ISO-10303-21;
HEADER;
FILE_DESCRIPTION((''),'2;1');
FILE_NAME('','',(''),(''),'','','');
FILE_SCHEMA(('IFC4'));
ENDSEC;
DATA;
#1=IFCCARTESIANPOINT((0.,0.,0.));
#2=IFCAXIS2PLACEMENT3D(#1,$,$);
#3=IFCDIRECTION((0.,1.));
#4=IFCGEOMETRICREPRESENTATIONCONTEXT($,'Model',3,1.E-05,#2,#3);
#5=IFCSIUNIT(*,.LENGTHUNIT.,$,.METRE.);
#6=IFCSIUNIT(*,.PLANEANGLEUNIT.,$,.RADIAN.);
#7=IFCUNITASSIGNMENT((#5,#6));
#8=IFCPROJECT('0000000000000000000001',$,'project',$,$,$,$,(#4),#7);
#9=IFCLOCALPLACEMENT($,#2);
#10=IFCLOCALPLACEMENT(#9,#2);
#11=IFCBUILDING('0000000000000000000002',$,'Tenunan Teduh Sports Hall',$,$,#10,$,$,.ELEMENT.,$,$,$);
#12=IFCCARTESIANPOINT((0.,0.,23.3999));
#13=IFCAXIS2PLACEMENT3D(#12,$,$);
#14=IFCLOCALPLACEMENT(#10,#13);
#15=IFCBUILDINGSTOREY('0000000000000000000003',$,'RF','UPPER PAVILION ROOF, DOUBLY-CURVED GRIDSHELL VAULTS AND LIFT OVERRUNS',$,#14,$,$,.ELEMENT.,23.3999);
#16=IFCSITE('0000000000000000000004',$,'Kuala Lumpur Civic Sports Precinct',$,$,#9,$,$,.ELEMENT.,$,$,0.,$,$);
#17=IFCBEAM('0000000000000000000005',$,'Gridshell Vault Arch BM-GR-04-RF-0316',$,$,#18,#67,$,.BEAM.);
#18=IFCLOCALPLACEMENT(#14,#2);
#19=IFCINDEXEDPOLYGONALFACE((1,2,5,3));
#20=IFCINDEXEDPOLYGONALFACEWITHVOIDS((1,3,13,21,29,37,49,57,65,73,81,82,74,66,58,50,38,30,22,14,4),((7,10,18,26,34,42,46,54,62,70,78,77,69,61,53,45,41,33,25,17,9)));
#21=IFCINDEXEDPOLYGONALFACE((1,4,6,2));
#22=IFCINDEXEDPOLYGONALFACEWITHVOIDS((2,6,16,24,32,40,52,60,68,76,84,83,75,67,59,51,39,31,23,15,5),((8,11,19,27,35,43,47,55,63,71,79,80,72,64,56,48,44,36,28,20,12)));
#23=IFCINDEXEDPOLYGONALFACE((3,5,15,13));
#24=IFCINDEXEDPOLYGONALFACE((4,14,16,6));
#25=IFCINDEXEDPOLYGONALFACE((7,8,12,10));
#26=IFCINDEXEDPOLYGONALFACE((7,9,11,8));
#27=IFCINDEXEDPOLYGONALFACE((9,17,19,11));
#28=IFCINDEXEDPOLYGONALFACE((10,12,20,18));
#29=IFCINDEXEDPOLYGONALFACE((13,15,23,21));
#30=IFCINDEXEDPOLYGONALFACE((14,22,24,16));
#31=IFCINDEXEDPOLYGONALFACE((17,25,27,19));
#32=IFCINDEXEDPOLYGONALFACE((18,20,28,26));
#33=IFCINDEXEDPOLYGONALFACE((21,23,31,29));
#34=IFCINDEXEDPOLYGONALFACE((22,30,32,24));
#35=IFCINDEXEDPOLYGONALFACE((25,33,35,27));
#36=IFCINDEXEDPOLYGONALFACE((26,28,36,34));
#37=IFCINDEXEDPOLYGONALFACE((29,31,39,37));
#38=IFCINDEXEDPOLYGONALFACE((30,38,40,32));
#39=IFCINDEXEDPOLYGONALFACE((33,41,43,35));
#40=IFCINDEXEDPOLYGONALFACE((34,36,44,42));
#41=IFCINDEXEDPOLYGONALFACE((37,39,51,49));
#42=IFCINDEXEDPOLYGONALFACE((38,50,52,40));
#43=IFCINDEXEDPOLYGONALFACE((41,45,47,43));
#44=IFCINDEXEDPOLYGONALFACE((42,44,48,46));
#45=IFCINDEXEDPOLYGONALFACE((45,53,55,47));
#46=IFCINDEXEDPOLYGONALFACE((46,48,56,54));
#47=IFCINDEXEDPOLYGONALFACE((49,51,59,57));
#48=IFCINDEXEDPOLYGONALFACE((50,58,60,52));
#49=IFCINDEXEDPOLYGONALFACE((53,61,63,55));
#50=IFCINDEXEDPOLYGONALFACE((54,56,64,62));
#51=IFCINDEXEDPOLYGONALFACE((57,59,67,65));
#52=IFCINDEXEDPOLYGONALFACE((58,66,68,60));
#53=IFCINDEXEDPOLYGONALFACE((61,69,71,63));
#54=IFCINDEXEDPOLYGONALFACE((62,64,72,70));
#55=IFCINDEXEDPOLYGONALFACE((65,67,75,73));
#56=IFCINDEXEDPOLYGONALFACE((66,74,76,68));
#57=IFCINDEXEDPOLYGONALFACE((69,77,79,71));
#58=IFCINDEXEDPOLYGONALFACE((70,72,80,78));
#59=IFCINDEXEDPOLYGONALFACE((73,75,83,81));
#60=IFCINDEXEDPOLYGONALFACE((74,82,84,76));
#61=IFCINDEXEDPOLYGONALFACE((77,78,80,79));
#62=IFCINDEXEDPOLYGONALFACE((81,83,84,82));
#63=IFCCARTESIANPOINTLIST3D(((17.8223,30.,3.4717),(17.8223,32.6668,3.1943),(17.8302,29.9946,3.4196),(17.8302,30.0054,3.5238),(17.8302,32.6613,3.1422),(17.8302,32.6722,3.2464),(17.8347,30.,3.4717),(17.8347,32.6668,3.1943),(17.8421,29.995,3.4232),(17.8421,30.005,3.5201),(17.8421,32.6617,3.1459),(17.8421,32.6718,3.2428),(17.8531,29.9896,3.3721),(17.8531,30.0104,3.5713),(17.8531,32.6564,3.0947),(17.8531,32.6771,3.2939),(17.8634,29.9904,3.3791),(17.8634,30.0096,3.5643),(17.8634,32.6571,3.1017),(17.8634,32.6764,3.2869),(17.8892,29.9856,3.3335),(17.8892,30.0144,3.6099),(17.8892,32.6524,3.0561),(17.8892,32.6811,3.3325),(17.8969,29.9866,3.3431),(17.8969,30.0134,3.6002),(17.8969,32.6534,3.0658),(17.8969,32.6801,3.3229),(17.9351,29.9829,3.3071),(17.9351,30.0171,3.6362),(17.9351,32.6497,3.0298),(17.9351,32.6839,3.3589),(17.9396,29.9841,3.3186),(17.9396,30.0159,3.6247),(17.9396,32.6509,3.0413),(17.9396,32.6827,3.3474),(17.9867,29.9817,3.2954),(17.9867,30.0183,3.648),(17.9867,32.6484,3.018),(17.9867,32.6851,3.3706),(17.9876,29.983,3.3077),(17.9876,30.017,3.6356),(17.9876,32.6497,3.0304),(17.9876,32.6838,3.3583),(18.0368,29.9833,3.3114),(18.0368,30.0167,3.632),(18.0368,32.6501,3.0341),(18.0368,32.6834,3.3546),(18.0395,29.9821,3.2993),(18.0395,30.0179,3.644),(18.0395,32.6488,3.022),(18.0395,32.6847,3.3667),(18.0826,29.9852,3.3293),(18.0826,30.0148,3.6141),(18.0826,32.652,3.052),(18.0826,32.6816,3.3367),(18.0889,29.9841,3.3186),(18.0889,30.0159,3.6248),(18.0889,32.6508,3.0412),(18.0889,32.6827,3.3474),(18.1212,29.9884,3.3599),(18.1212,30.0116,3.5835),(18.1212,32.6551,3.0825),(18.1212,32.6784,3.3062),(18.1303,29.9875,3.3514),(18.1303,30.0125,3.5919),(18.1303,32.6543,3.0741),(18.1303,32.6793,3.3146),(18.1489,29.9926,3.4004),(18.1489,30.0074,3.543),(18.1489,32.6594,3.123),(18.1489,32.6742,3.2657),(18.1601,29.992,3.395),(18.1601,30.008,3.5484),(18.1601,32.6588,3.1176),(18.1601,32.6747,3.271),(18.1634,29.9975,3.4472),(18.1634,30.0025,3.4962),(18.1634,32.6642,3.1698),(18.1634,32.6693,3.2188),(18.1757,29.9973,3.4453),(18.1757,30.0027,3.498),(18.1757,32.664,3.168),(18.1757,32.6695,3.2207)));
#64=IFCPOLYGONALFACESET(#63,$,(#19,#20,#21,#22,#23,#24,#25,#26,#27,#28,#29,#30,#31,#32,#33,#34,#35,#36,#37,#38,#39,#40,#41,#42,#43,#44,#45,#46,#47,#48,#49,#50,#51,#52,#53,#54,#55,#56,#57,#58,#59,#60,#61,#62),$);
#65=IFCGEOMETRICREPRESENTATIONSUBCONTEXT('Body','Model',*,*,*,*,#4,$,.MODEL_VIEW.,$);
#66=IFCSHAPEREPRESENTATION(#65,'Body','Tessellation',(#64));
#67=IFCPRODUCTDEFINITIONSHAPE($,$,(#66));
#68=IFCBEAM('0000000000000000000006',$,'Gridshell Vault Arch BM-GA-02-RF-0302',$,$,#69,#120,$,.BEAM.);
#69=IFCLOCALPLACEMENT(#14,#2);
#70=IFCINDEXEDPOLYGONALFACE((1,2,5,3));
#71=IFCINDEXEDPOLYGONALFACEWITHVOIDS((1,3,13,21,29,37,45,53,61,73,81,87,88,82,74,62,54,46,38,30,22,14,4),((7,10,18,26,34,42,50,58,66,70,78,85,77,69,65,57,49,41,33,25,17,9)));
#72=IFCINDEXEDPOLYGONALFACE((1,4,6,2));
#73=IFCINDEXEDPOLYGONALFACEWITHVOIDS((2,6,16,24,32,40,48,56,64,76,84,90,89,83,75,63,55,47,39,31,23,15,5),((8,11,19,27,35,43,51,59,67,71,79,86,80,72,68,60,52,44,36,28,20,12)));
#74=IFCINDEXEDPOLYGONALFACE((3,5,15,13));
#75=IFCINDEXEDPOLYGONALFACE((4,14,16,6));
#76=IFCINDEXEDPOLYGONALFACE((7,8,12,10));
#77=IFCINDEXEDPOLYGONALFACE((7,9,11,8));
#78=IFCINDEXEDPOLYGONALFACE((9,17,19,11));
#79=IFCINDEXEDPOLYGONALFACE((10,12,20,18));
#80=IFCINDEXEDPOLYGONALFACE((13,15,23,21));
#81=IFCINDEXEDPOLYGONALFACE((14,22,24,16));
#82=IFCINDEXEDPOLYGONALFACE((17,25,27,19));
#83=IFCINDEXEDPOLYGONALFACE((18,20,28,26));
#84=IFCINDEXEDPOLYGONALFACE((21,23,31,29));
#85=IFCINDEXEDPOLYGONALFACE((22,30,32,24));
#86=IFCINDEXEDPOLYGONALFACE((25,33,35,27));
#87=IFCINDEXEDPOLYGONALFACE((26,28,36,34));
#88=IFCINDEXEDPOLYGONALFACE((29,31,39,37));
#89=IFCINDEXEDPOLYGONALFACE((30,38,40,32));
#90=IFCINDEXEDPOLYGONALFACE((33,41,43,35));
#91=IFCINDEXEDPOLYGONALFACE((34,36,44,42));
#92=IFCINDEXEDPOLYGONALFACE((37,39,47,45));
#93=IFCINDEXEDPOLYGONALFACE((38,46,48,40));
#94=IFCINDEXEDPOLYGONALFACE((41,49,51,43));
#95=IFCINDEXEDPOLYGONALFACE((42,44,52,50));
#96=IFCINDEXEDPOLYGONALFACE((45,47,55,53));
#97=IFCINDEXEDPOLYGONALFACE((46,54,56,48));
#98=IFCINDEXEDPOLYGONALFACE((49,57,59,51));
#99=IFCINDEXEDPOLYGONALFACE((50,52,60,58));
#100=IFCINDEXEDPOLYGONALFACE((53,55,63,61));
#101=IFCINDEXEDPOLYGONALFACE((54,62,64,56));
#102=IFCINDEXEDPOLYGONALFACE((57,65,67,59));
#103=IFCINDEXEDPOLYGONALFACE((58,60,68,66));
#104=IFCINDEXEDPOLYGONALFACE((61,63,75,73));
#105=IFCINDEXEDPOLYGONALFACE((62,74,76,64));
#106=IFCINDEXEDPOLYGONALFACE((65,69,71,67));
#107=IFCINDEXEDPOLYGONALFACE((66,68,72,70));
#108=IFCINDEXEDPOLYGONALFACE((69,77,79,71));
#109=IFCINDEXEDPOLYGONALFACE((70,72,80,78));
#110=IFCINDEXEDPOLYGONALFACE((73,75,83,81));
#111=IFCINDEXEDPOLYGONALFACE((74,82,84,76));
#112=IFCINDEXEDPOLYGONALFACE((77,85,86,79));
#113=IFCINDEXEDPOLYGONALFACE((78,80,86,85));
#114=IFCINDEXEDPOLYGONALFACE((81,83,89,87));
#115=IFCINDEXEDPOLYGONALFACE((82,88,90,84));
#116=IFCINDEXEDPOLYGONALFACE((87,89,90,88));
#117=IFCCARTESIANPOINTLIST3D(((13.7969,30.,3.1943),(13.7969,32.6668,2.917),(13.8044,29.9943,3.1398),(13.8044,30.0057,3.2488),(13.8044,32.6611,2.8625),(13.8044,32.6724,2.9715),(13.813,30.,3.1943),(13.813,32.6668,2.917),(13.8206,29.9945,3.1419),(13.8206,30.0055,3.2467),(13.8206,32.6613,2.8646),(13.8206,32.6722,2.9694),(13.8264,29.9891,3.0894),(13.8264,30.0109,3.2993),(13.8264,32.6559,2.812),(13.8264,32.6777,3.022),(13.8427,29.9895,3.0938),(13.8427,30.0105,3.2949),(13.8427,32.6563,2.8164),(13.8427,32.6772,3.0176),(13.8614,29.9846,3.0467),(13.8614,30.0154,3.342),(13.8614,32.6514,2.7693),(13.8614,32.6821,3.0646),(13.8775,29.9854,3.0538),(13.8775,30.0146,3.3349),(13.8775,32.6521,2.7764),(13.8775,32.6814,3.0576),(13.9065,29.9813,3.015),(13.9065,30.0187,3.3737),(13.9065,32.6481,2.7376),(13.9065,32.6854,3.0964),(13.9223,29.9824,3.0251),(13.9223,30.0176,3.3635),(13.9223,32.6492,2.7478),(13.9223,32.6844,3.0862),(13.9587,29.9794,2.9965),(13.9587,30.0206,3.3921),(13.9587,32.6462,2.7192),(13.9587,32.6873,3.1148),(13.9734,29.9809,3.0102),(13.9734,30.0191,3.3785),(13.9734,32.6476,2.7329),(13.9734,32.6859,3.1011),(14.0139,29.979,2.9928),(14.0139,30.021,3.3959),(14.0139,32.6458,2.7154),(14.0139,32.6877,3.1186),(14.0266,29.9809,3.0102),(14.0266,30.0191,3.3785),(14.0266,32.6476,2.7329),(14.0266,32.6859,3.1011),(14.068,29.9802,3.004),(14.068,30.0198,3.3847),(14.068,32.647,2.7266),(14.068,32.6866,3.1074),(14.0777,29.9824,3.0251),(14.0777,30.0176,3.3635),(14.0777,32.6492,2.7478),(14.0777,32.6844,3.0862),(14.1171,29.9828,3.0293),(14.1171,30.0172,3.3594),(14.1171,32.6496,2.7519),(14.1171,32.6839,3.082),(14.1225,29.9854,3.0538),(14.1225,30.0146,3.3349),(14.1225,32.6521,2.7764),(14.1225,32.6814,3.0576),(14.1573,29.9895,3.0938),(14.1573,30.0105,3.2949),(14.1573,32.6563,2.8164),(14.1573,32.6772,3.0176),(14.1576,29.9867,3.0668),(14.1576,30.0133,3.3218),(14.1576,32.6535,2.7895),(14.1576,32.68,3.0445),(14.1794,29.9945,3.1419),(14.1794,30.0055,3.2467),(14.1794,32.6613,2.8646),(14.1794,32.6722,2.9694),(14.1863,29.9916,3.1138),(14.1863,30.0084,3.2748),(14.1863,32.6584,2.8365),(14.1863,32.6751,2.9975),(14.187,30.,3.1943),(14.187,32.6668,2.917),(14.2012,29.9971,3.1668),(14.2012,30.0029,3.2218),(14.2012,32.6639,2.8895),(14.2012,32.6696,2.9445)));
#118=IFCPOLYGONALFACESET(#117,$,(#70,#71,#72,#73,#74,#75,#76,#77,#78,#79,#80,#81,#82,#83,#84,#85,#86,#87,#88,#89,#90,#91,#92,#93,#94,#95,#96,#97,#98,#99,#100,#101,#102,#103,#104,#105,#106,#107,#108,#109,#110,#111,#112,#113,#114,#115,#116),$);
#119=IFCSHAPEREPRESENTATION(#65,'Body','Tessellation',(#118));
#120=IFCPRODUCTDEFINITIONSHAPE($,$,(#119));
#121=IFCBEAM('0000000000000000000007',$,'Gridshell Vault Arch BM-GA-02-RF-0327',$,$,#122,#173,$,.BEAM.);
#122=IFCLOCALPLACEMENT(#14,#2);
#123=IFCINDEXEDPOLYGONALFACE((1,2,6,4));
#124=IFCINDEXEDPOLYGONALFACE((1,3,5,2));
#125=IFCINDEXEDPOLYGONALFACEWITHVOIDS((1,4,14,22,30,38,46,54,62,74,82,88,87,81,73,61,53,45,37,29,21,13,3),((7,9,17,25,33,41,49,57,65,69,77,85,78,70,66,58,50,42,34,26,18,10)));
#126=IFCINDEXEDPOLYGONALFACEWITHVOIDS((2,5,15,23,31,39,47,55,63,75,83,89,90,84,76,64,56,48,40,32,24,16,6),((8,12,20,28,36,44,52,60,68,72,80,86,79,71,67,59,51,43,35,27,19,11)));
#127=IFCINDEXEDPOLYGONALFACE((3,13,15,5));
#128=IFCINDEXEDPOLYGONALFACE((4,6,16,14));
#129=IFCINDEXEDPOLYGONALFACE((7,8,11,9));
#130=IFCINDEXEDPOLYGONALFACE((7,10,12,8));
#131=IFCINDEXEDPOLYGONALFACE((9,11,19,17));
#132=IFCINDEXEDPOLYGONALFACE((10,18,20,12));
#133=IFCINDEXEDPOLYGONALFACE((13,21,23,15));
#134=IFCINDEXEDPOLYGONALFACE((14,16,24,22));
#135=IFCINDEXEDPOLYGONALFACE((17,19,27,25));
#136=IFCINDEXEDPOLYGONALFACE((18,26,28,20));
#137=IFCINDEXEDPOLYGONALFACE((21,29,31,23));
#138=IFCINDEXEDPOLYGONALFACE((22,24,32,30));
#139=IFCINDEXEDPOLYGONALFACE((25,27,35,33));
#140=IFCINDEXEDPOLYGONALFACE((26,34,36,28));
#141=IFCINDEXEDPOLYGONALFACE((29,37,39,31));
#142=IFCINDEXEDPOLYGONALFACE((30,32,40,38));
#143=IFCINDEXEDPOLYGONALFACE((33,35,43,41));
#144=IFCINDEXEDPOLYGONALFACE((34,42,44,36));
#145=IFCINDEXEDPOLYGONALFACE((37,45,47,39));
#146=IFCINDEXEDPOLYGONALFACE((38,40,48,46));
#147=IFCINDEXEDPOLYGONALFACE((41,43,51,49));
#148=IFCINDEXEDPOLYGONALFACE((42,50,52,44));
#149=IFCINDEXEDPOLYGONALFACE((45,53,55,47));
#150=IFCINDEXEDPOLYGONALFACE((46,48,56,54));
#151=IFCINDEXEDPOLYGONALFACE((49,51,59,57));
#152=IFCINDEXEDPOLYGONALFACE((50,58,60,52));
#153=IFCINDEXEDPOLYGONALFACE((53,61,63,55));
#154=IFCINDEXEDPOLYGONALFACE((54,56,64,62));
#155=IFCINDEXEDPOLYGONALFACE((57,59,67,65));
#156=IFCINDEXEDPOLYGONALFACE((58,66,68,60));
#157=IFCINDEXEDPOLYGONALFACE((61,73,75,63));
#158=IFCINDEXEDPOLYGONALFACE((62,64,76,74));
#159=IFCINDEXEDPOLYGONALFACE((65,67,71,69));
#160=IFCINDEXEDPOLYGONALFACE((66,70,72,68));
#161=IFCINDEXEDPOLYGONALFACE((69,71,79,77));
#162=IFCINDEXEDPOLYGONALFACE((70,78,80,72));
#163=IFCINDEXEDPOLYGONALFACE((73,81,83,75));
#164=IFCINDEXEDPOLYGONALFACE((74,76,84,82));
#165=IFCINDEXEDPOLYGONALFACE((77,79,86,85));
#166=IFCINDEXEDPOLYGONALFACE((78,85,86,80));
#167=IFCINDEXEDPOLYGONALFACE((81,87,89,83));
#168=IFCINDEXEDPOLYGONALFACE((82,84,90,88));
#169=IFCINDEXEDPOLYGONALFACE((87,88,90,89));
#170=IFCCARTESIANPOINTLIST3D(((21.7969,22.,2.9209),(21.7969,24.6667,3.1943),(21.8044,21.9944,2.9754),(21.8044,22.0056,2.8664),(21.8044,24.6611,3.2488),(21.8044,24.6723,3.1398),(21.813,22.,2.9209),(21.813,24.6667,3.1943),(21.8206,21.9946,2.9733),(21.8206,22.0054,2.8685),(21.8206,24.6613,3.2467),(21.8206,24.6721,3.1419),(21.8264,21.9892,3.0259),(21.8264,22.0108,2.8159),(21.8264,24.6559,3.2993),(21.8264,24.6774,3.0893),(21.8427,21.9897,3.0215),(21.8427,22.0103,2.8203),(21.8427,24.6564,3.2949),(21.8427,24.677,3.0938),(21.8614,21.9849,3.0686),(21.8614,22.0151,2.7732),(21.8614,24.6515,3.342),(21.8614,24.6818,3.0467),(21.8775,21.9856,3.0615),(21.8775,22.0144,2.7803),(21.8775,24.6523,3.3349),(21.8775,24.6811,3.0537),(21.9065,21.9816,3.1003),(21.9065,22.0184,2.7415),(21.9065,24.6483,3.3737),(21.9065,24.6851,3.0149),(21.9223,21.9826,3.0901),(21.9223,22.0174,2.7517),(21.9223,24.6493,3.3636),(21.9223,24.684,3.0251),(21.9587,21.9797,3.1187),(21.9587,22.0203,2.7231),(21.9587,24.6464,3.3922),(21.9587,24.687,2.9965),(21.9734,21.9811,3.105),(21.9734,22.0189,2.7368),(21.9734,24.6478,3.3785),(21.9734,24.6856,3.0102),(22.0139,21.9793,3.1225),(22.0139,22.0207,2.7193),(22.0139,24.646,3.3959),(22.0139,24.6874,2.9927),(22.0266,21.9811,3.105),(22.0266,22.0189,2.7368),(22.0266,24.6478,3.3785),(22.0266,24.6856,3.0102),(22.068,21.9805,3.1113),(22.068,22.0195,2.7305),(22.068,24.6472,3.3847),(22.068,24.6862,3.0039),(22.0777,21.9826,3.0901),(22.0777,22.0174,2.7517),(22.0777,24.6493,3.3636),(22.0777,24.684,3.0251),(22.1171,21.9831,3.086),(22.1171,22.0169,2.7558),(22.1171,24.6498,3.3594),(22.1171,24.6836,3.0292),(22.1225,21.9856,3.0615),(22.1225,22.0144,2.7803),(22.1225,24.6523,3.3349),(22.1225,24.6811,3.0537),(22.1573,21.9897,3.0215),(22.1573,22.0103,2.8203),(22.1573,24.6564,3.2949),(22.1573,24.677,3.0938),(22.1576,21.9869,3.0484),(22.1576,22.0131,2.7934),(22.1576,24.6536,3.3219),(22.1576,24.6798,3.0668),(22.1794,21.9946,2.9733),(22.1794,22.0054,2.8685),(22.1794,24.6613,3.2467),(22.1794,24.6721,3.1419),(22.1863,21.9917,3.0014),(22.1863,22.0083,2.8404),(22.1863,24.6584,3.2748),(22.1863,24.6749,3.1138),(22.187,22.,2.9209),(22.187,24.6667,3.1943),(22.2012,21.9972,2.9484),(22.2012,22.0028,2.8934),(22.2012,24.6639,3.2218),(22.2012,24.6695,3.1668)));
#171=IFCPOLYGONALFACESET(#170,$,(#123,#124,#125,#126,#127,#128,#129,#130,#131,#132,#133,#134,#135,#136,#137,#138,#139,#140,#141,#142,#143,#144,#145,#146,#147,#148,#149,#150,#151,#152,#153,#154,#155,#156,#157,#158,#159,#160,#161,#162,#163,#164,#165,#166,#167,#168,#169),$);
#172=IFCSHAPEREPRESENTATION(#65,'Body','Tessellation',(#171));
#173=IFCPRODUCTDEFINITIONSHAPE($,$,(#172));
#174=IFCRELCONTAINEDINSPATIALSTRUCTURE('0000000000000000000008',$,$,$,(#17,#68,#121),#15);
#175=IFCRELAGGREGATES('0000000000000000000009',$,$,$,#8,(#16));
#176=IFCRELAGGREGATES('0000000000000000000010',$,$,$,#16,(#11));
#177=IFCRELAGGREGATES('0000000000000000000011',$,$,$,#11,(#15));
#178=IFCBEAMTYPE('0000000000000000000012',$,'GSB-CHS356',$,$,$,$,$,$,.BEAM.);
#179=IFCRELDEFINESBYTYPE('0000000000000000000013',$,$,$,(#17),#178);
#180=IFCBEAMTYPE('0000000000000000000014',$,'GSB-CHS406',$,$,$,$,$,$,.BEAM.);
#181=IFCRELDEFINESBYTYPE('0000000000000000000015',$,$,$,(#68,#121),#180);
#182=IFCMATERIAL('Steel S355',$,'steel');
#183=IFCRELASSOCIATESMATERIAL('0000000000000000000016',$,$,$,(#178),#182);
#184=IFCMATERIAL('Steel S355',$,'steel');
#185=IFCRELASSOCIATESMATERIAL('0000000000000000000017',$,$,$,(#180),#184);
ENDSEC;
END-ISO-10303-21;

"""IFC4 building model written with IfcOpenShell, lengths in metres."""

from ifc_helpers import new_model, si_unit, direction, frame, origin, origin_2d, place, context, subcontext, project, spatial, hollow_circle, extrude, material, material_profile, profile_set, type_object, element, save


model = new_model("IFC4")

# Units and contexts
model_context = context("Model", 3, precision=1e-05, world=origin(), true_north=direction((0.0, 1.0)))
body_context = subcontext(model_context, "Body", "Model", "MODEL_VIEW")
ifc_project = project(units=[si_unit("LENGTHUNIT", "METRE"), si_unit("PLANEANGLEUNIT", "RADIAN")], contexts=[model_context])

# Site, building, storey
site_placement = place(None, origin())
site = spatial("IfcSite", under=ifc_project, at=site_placement, Name="Kuala Lumpur Civic Sports Precinct", CompositionType="ELEMENT", RefElevation=0.0)
building_placement = place(site_placement, origin())
building = spatial("IfcBuilding", under=site, at=building_placement, Name="Tenunan Teduh Sports Hall", CompositionType="ELEMENT")
storey_placement = place(building_placement, frame((0.0, 0.0, 23.3999)))
storey = spatial("IfcBuildingStorey", under=building, at=storey_placement, Name="RF", Description="UPPER PAVILION ROOF, DOUBLY-CURVED GRIDSHELL VAULTS AND LIFT OVERRUNS", CompositionType="ELEMENT", Elevation=23.3999)

# Beams
ifc_material_1 = material(Name="Steel S355", Category="steel")
ifc_material_profile_1 = material_profile(ifc_material_1, hollow_circle(Radius=0.1777, WallThickness=0.0125, at=origin_2d()), Name="CHS 355.6x12.5")
ifc_profile_set_1 = profile_set([ifc_material_profile_1], Name="Steel S355")
beam_type_1 = type_object("IfcBeamType", Name="GSB-CHS356", PredefinedType="BEAM", material=ifc_profile_set_1)
for number, where, z_axis, x_axis, name in (
    (1, (18.0, 30.0, 3.4717), (0.0, 0.994635, -0.103443), (-1.0, 0.0, 0.0), "Gridshell Vault Arch BM-GR-04-RF-0316"),
):
    element("IfcBeam", number, at=place(storey_placement, frame(where, z_axis=z_axis, x_axis=x_axis)), inside=storey, type_object=beam_type_1, Name=name, PredefinedType="BEAM", context=body_context, shape_type="SweptSolid", body=[
        extrude(hollow_circle(Radius=0.1777, WallThickness=0.0125, at=origin_2d()), origin(), (0.0, 0.0, 1.0), 2.6812),
    ])
ifc_material_2 = material(Name="Steel S355", Category="steel")
ifc_material_profile_2 = material_profile(ifc_material_2, hollow_circle(Radius=0.2031, WallThickness=0.0161, at=origin_2d()), Name="CHS 406.4x16.0")
ifc_profile_set_2 = profile_set([ifc_material_profile_2], Name="Steel S355")
beam_type_2 = type_object("IfcBeamType", Name="GSB-CHS406", PredefinedType="BEAM", material=ifc_profile_set_2)
beam_1_placement = place(storey_placement, frame((14.0, 30.0, 3.1943), z_axis=(0.0, 0.994635, -0.103443), x_axis=(-1.0, 0.0, 0.0)))
element("IfcBeam", 2, at=beam_1_placement, inside=storey, type_object=beam_type_2, Name="Gridshell Vault Arch BM-GA-02-RF-0302", PredefinedType="BEAM", context=body_context, shape_type="SweptSolid", body=[
    extrude(hollow_circle(Radius=0.2031, WallThickness=0.0161, at=origin_2d()), origin(), (0.0, 0.0, 1.0), 2.6812),
])
beam_2_placement = place(storey_placement, frame((22.0, 22.0, 2.9209), z_axis=(0.0, 0.994784, 0.102001), x_axis=(-1.0, 0.0, 0.0)))
element("IfcBeam", 3, at=beam_2_placement, inside=storey, type_object=beam_type_2, Name="Gridshell Vault Arch BM-GA-02-RF-0327", PredefinedType="BEAM", context=body_context, shape_type="SweptSolid", body=[
    extrude(hollow_circle(Radius=0.2031, WallThickness=0.0161, at=origin_2d()), origin(), (0.0, 0.0, 1.0), 2.6807),
])

save(model, "model.ifc")
